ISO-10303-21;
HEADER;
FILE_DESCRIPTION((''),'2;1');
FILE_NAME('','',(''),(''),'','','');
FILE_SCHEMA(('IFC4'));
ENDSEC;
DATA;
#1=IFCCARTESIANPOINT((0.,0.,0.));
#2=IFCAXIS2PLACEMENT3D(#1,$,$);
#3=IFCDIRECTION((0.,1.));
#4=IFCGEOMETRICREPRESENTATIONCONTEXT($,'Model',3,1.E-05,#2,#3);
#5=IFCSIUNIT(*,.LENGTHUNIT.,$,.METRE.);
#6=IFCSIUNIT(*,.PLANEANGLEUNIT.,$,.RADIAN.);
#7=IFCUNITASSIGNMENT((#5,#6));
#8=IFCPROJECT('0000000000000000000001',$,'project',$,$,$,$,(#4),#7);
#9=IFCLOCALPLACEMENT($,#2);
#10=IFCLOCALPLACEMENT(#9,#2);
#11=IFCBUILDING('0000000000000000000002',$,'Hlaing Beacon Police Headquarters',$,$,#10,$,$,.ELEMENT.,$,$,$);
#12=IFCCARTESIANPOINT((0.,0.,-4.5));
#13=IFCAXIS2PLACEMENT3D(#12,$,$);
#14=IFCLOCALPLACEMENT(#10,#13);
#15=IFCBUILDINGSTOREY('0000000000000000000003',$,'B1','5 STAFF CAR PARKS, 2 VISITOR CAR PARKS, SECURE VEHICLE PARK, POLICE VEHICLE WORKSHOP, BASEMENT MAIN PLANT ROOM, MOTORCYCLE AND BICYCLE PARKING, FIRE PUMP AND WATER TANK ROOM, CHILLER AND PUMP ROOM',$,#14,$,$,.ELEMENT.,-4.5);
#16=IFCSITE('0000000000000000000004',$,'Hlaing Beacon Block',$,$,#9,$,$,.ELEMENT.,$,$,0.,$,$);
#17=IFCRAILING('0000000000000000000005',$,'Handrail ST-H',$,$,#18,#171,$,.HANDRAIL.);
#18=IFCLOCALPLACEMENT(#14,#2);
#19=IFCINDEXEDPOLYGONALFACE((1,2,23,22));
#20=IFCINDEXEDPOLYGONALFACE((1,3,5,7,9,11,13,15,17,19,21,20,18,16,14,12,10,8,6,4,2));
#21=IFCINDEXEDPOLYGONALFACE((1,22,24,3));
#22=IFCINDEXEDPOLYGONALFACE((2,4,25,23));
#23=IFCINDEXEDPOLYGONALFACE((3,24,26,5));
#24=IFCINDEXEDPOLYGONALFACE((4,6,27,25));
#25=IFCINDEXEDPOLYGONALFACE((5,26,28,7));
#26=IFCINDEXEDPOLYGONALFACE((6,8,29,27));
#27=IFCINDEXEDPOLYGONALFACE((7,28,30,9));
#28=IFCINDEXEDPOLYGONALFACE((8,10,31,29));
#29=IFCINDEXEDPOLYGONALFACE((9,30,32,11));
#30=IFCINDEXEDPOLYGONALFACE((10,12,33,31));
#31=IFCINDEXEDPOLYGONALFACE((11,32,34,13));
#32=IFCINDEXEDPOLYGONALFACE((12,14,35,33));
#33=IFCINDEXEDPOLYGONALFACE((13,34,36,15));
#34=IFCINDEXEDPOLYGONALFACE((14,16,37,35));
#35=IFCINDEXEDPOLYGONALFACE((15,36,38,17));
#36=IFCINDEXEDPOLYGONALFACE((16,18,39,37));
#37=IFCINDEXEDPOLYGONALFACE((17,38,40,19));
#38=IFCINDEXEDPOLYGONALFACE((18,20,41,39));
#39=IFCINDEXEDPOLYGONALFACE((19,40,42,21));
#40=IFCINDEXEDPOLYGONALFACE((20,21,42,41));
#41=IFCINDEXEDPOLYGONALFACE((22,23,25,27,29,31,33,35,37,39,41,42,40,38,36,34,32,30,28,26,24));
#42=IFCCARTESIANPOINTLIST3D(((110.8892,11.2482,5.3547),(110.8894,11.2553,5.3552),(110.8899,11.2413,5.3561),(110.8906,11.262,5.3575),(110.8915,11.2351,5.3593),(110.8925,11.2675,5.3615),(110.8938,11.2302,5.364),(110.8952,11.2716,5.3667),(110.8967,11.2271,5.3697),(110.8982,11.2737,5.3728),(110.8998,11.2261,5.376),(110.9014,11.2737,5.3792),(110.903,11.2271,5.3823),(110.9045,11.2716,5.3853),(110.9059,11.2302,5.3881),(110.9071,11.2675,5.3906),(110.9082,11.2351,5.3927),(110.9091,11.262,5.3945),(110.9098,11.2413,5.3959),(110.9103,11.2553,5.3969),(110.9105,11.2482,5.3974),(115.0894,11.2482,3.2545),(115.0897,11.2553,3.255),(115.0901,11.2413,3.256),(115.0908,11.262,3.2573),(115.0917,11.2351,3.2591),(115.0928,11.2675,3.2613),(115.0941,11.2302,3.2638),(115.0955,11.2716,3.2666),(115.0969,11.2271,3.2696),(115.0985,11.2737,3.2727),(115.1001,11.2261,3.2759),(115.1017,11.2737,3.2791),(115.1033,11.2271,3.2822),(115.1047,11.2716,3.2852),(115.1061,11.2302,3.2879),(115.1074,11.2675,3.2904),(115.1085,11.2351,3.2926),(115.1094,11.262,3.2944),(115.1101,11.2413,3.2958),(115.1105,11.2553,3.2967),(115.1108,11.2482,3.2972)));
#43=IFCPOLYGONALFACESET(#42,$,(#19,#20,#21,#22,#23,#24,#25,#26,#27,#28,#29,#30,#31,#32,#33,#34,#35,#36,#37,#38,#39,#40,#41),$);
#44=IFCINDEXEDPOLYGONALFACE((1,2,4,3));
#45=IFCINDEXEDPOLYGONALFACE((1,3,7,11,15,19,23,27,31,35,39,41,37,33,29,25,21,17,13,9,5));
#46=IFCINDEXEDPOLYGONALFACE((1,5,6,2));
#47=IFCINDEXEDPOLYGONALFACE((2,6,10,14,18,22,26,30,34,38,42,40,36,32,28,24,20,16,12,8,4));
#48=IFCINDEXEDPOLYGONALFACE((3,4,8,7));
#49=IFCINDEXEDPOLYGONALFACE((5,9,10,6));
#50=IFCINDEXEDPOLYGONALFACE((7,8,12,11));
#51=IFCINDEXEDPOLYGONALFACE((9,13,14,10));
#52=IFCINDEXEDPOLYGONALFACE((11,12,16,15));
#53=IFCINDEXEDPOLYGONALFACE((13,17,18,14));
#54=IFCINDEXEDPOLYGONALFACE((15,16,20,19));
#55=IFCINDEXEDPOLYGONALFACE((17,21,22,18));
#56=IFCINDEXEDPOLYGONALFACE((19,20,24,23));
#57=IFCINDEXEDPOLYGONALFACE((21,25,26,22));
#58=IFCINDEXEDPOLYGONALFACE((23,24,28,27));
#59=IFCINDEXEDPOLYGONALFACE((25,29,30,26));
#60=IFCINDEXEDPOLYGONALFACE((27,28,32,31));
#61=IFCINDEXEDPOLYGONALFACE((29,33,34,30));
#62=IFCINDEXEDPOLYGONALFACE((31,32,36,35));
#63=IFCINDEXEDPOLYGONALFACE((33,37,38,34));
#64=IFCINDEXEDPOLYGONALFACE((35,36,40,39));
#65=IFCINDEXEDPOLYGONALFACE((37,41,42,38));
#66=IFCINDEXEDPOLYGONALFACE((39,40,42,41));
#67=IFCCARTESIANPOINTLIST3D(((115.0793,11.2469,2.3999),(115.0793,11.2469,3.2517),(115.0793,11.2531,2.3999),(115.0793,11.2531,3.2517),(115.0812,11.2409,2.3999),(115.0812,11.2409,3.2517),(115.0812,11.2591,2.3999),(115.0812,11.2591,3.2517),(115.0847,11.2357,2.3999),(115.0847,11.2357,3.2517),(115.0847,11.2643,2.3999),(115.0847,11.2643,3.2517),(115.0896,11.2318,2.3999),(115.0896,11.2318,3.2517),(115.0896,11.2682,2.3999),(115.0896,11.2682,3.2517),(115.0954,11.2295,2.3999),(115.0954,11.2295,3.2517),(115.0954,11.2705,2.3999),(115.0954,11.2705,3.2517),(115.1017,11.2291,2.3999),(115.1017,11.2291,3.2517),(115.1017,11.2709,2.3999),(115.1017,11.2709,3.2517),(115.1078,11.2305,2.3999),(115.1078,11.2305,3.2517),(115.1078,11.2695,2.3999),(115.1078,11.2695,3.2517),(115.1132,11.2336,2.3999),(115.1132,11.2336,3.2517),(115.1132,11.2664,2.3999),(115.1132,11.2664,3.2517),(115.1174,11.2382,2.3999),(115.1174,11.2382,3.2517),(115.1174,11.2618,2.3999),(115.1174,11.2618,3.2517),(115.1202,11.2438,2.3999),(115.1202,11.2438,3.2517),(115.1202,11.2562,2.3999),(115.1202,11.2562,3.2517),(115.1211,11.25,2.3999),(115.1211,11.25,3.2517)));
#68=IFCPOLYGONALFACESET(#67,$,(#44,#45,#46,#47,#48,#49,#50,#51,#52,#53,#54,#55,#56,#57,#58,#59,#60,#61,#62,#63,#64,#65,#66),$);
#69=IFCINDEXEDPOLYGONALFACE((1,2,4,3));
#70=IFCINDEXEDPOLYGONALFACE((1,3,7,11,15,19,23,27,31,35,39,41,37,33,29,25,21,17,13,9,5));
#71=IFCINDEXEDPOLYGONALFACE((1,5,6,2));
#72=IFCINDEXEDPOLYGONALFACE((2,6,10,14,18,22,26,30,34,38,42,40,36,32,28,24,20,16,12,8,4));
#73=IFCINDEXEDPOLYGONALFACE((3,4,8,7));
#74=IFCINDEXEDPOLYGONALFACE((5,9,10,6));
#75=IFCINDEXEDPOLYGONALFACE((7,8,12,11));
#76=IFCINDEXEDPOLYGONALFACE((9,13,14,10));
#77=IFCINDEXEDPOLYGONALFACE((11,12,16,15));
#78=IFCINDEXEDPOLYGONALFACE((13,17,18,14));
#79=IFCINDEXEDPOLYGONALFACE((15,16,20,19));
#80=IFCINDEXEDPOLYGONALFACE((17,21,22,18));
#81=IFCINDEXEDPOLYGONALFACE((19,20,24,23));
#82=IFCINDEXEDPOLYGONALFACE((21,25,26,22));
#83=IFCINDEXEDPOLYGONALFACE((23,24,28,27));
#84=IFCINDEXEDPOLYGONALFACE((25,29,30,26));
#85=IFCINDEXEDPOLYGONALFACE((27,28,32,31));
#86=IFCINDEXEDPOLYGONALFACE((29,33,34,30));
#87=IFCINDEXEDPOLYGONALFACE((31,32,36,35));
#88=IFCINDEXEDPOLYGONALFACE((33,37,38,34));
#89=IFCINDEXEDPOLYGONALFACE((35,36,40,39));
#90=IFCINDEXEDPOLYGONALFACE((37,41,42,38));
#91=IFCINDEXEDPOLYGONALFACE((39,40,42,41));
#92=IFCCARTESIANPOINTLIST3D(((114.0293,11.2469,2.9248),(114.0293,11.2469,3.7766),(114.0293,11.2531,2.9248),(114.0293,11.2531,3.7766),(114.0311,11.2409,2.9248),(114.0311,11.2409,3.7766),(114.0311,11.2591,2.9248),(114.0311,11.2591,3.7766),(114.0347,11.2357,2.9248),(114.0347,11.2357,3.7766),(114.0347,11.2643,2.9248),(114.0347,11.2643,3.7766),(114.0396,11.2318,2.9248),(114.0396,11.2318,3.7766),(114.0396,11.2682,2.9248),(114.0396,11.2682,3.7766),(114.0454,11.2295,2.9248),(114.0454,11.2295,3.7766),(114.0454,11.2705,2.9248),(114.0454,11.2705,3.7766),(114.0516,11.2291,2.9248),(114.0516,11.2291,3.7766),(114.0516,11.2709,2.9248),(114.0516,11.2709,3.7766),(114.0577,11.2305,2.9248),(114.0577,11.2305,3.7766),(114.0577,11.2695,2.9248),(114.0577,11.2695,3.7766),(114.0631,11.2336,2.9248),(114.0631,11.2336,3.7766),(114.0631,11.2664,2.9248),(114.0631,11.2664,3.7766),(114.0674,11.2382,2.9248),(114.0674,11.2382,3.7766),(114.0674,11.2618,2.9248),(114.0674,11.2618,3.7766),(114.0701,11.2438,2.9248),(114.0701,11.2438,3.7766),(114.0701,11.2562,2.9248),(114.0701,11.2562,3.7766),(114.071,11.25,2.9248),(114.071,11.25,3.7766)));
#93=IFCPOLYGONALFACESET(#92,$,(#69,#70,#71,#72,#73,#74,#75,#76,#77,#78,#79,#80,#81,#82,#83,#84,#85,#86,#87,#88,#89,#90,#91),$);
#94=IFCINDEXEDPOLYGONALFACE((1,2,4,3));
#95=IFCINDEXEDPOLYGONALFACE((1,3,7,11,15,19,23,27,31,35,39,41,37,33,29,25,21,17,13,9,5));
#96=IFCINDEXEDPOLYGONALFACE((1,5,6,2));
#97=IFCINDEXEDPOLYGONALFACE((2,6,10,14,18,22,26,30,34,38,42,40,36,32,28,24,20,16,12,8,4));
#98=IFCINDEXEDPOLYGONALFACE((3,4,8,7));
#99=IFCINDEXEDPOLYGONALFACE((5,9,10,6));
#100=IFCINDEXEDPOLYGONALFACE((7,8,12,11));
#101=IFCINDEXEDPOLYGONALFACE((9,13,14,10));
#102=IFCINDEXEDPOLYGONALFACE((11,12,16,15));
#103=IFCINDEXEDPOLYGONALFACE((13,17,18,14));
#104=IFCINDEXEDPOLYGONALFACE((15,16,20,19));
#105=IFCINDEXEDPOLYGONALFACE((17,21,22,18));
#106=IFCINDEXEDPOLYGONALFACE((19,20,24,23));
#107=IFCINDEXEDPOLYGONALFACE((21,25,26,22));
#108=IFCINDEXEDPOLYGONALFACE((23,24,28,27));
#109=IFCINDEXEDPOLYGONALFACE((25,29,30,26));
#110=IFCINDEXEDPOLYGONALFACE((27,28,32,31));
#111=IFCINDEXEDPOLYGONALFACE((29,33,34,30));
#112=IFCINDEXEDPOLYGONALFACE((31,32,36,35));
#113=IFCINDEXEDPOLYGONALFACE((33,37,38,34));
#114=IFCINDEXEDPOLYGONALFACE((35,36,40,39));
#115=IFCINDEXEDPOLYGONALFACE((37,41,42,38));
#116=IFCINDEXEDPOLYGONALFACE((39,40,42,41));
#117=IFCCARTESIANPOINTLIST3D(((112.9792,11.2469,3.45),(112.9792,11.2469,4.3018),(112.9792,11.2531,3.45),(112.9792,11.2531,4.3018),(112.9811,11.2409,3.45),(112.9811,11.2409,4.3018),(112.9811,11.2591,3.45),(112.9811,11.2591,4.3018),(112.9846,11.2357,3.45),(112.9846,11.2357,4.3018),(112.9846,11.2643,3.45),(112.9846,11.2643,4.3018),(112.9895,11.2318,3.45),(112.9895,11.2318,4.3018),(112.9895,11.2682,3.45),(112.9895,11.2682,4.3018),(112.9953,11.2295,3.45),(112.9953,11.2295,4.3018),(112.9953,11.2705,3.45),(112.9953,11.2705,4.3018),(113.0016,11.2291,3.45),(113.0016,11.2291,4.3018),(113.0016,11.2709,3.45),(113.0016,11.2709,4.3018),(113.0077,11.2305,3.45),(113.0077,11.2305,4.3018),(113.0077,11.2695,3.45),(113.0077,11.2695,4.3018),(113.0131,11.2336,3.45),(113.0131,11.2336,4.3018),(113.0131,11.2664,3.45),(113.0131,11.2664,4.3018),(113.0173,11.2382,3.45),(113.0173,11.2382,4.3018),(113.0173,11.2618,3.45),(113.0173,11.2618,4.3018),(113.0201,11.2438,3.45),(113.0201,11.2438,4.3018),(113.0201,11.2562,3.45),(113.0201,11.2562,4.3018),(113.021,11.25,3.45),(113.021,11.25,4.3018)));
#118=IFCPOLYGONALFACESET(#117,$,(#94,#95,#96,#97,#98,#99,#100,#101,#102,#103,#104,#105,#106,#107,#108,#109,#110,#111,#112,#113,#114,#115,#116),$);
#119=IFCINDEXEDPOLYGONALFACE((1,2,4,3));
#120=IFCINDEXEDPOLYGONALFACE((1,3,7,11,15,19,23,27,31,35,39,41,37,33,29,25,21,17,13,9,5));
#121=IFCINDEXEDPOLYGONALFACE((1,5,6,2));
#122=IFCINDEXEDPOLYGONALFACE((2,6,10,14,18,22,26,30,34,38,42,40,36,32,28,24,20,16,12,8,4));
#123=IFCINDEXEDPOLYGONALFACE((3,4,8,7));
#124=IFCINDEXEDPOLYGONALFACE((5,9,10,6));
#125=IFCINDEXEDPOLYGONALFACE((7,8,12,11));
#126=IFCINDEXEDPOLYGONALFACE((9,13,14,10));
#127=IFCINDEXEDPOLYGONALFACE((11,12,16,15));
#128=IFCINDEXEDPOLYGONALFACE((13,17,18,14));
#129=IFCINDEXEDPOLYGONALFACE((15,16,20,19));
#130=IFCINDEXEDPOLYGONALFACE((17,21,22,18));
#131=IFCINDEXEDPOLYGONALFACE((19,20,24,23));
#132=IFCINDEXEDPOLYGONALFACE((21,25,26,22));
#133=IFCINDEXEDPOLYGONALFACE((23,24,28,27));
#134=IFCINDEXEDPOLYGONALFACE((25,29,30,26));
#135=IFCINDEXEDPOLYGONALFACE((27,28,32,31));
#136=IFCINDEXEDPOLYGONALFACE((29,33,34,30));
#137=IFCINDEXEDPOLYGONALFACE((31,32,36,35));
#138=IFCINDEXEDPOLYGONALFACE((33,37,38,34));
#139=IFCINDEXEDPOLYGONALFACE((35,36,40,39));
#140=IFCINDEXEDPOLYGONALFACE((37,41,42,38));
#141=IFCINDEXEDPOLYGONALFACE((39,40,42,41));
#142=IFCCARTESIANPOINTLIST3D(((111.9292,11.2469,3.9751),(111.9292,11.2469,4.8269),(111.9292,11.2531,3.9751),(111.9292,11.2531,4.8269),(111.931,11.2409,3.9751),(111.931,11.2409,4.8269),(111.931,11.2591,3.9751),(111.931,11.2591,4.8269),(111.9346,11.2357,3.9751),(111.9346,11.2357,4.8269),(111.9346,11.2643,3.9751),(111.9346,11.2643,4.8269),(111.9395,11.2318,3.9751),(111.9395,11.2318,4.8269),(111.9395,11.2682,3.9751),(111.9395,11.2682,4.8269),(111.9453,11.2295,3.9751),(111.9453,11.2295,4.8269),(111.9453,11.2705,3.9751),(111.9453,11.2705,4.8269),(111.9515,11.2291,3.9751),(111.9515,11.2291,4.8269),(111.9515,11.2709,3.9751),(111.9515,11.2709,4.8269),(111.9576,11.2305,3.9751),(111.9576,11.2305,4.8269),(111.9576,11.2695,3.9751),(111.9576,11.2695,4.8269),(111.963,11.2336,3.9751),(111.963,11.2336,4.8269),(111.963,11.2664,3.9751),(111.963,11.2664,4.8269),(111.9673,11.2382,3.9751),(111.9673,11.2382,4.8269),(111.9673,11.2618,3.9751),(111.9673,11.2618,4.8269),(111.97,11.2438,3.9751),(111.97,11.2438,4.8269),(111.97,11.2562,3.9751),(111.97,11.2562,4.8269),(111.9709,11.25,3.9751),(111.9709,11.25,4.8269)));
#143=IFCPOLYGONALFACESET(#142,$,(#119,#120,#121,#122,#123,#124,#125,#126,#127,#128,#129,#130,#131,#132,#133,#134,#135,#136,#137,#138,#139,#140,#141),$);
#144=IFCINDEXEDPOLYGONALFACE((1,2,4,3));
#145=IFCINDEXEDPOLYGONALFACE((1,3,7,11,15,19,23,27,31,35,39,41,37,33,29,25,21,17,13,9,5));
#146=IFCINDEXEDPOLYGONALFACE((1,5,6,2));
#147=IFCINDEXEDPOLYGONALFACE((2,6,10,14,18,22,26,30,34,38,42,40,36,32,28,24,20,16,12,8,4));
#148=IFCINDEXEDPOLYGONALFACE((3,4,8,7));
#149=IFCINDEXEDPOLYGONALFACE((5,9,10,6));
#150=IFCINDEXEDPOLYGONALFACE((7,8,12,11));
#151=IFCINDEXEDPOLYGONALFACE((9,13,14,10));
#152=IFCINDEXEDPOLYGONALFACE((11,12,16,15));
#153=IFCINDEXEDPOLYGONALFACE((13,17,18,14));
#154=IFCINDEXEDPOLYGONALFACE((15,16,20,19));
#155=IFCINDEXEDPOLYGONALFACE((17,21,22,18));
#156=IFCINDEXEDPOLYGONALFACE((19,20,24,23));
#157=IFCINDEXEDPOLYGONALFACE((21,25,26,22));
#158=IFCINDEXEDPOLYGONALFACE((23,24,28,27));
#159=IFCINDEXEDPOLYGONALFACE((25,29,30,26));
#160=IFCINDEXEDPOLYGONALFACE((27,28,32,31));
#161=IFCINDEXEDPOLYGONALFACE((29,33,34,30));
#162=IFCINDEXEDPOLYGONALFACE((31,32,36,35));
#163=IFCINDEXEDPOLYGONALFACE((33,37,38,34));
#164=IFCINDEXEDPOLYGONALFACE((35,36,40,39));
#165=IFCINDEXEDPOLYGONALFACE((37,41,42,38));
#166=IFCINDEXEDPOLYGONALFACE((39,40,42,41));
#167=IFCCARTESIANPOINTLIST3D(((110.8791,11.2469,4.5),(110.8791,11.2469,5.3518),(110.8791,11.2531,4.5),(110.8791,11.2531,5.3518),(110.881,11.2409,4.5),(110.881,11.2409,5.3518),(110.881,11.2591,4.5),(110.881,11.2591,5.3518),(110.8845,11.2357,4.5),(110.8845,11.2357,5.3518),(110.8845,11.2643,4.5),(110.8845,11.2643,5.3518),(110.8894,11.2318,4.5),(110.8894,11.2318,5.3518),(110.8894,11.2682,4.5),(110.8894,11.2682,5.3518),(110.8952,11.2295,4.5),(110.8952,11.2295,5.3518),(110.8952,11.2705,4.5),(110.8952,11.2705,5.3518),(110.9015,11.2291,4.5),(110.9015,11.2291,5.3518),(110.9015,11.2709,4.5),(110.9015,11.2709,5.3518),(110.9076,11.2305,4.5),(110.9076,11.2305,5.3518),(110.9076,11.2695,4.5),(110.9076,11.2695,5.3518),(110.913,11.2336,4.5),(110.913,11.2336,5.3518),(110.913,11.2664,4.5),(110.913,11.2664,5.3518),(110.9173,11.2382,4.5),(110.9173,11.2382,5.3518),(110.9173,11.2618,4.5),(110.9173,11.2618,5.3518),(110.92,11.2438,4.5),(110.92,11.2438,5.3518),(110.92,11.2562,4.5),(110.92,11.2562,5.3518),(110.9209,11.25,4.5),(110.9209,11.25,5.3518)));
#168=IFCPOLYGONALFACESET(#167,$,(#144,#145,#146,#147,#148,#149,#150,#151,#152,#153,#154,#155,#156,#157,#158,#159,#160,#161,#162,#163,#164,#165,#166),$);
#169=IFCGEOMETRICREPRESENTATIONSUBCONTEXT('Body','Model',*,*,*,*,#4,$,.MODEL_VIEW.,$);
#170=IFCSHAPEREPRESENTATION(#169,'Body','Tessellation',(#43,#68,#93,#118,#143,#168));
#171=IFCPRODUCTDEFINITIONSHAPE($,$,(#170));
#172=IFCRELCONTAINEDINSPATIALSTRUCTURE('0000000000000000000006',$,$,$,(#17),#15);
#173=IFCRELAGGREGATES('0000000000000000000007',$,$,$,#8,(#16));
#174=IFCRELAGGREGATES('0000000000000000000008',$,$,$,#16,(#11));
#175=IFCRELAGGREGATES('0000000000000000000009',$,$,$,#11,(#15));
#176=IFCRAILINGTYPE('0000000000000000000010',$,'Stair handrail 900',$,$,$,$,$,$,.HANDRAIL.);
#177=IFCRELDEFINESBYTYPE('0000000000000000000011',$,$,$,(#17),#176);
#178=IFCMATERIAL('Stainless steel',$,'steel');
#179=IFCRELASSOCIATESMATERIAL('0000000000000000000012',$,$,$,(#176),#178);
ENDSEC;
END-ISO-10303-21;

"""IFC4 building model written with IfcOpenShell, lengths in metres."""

from ifc_helpers import new_model, si_unit, direction, frame, origin, origin_2d, place, context, subcontext, project, spatial, circle, extrude, material, type_object, element, save


model = new_model("IFC4")

# Units and contexts
model_context = context("Model", 3, precision=1e-05, world=origin(), true_north=direction((0.0, 1.0)))
body_context = subcontext(model_context, "Body", "Model", "MODEL_VIEW")
ifc_project = project(units=[si_unit("LENGTHUNIT", "METRE"), si_unit("PLANEANGLEUNIT", "RADIAN")], contexts=[model_context])

# Site, building, storey
site_placement = place(None, origin())
site = spatial("IfcSite", under=ifc_project, at=site_placement, Name="Hlaing Beacon Block", CompositionType="ELEMENT", RefElevation=0.0)
building_placement = place(site_placement, origin())
building = spatial("IfcBuilding", under=site, at=building_placement, Name="Hlaing Beacon Police Headquarters", CompositionType="ELEMENT")
storey_placement = place(building_placement, frame((0.0, 0.0, -4.5)))
storey = spatial("IfcBuildingStorey", under=building, at=storey_placement, Name="B1", Description="5 STAFF CAR PARKS, 2 VISITOR CAR PARKS, SECURE VEHICLE PARK, POLICE VEHICLE WORKSHOP, BASEMENT MAIN PLANT ROOM, MOTORCYCLE AND BICYCLE PARKING, FIRE PUMP AND WATER TANK ROOM, CHILLER AND PUMP ROOM", CompositionType="ELEMENT", Elevation=-4.5)

# Railing
ifc_material_1 = material(Name="Stainless steel", Category="steel")
railing_type = type_object("IfcRailingType", Name="Stair handrail 900", PredefinedType="HANDRAIL", material=ifc_material_1)
railing_placement = place(storey_placement, frame((115.1001, 11.25, 2.3999)))
element("IfcRailing", 1, at=railing_placement, inside=storey, type_object=railing_type, Name="Handrail ST-H", PredefinedType="HANDRAIL", context=body_context, shape_type="SweptSolid", body=[
    extrude(circle(Radius=0.0239, at=origin_2d()), frame((0.0, 0.0, 0.876), z_axis=(-0.894427, 0.0, 0.447214), x_axis=(0.0, -1.0, 0.0)), (0.0, 0.0, 1.0), 4.696),
    extrude(circle(Radius=0.021, at=origin_2d()), origin(), (0.0, 0.0, 1.0), 0.8518),
    extrude(circle(Radius=0.021, at=origin_2d()), frame((-1.05, 0.0, 0.5249)), (0.0, 0.0, 1.0), 0.8518),
    extrude(circle(Radius=0.021, at=origin_2d()), frame((-2.1001, 0.0, 1.05)), (0.0, 0.0, 1.0), 0.8518),
    extrude(circle(Radius=0.021, at=origin_2d()), frame((-3.1501, 0.0, 1.5752)), (0.0, 0.0, 1.0), 0.8518),
    extrude(circle(Radius=0.021, at=origin_2d()), frame((-4.2002, 0.0, 2.1001)), (0.0, 0.0, 1.0), 0.8518),
])

save(model, "model.ifc")
